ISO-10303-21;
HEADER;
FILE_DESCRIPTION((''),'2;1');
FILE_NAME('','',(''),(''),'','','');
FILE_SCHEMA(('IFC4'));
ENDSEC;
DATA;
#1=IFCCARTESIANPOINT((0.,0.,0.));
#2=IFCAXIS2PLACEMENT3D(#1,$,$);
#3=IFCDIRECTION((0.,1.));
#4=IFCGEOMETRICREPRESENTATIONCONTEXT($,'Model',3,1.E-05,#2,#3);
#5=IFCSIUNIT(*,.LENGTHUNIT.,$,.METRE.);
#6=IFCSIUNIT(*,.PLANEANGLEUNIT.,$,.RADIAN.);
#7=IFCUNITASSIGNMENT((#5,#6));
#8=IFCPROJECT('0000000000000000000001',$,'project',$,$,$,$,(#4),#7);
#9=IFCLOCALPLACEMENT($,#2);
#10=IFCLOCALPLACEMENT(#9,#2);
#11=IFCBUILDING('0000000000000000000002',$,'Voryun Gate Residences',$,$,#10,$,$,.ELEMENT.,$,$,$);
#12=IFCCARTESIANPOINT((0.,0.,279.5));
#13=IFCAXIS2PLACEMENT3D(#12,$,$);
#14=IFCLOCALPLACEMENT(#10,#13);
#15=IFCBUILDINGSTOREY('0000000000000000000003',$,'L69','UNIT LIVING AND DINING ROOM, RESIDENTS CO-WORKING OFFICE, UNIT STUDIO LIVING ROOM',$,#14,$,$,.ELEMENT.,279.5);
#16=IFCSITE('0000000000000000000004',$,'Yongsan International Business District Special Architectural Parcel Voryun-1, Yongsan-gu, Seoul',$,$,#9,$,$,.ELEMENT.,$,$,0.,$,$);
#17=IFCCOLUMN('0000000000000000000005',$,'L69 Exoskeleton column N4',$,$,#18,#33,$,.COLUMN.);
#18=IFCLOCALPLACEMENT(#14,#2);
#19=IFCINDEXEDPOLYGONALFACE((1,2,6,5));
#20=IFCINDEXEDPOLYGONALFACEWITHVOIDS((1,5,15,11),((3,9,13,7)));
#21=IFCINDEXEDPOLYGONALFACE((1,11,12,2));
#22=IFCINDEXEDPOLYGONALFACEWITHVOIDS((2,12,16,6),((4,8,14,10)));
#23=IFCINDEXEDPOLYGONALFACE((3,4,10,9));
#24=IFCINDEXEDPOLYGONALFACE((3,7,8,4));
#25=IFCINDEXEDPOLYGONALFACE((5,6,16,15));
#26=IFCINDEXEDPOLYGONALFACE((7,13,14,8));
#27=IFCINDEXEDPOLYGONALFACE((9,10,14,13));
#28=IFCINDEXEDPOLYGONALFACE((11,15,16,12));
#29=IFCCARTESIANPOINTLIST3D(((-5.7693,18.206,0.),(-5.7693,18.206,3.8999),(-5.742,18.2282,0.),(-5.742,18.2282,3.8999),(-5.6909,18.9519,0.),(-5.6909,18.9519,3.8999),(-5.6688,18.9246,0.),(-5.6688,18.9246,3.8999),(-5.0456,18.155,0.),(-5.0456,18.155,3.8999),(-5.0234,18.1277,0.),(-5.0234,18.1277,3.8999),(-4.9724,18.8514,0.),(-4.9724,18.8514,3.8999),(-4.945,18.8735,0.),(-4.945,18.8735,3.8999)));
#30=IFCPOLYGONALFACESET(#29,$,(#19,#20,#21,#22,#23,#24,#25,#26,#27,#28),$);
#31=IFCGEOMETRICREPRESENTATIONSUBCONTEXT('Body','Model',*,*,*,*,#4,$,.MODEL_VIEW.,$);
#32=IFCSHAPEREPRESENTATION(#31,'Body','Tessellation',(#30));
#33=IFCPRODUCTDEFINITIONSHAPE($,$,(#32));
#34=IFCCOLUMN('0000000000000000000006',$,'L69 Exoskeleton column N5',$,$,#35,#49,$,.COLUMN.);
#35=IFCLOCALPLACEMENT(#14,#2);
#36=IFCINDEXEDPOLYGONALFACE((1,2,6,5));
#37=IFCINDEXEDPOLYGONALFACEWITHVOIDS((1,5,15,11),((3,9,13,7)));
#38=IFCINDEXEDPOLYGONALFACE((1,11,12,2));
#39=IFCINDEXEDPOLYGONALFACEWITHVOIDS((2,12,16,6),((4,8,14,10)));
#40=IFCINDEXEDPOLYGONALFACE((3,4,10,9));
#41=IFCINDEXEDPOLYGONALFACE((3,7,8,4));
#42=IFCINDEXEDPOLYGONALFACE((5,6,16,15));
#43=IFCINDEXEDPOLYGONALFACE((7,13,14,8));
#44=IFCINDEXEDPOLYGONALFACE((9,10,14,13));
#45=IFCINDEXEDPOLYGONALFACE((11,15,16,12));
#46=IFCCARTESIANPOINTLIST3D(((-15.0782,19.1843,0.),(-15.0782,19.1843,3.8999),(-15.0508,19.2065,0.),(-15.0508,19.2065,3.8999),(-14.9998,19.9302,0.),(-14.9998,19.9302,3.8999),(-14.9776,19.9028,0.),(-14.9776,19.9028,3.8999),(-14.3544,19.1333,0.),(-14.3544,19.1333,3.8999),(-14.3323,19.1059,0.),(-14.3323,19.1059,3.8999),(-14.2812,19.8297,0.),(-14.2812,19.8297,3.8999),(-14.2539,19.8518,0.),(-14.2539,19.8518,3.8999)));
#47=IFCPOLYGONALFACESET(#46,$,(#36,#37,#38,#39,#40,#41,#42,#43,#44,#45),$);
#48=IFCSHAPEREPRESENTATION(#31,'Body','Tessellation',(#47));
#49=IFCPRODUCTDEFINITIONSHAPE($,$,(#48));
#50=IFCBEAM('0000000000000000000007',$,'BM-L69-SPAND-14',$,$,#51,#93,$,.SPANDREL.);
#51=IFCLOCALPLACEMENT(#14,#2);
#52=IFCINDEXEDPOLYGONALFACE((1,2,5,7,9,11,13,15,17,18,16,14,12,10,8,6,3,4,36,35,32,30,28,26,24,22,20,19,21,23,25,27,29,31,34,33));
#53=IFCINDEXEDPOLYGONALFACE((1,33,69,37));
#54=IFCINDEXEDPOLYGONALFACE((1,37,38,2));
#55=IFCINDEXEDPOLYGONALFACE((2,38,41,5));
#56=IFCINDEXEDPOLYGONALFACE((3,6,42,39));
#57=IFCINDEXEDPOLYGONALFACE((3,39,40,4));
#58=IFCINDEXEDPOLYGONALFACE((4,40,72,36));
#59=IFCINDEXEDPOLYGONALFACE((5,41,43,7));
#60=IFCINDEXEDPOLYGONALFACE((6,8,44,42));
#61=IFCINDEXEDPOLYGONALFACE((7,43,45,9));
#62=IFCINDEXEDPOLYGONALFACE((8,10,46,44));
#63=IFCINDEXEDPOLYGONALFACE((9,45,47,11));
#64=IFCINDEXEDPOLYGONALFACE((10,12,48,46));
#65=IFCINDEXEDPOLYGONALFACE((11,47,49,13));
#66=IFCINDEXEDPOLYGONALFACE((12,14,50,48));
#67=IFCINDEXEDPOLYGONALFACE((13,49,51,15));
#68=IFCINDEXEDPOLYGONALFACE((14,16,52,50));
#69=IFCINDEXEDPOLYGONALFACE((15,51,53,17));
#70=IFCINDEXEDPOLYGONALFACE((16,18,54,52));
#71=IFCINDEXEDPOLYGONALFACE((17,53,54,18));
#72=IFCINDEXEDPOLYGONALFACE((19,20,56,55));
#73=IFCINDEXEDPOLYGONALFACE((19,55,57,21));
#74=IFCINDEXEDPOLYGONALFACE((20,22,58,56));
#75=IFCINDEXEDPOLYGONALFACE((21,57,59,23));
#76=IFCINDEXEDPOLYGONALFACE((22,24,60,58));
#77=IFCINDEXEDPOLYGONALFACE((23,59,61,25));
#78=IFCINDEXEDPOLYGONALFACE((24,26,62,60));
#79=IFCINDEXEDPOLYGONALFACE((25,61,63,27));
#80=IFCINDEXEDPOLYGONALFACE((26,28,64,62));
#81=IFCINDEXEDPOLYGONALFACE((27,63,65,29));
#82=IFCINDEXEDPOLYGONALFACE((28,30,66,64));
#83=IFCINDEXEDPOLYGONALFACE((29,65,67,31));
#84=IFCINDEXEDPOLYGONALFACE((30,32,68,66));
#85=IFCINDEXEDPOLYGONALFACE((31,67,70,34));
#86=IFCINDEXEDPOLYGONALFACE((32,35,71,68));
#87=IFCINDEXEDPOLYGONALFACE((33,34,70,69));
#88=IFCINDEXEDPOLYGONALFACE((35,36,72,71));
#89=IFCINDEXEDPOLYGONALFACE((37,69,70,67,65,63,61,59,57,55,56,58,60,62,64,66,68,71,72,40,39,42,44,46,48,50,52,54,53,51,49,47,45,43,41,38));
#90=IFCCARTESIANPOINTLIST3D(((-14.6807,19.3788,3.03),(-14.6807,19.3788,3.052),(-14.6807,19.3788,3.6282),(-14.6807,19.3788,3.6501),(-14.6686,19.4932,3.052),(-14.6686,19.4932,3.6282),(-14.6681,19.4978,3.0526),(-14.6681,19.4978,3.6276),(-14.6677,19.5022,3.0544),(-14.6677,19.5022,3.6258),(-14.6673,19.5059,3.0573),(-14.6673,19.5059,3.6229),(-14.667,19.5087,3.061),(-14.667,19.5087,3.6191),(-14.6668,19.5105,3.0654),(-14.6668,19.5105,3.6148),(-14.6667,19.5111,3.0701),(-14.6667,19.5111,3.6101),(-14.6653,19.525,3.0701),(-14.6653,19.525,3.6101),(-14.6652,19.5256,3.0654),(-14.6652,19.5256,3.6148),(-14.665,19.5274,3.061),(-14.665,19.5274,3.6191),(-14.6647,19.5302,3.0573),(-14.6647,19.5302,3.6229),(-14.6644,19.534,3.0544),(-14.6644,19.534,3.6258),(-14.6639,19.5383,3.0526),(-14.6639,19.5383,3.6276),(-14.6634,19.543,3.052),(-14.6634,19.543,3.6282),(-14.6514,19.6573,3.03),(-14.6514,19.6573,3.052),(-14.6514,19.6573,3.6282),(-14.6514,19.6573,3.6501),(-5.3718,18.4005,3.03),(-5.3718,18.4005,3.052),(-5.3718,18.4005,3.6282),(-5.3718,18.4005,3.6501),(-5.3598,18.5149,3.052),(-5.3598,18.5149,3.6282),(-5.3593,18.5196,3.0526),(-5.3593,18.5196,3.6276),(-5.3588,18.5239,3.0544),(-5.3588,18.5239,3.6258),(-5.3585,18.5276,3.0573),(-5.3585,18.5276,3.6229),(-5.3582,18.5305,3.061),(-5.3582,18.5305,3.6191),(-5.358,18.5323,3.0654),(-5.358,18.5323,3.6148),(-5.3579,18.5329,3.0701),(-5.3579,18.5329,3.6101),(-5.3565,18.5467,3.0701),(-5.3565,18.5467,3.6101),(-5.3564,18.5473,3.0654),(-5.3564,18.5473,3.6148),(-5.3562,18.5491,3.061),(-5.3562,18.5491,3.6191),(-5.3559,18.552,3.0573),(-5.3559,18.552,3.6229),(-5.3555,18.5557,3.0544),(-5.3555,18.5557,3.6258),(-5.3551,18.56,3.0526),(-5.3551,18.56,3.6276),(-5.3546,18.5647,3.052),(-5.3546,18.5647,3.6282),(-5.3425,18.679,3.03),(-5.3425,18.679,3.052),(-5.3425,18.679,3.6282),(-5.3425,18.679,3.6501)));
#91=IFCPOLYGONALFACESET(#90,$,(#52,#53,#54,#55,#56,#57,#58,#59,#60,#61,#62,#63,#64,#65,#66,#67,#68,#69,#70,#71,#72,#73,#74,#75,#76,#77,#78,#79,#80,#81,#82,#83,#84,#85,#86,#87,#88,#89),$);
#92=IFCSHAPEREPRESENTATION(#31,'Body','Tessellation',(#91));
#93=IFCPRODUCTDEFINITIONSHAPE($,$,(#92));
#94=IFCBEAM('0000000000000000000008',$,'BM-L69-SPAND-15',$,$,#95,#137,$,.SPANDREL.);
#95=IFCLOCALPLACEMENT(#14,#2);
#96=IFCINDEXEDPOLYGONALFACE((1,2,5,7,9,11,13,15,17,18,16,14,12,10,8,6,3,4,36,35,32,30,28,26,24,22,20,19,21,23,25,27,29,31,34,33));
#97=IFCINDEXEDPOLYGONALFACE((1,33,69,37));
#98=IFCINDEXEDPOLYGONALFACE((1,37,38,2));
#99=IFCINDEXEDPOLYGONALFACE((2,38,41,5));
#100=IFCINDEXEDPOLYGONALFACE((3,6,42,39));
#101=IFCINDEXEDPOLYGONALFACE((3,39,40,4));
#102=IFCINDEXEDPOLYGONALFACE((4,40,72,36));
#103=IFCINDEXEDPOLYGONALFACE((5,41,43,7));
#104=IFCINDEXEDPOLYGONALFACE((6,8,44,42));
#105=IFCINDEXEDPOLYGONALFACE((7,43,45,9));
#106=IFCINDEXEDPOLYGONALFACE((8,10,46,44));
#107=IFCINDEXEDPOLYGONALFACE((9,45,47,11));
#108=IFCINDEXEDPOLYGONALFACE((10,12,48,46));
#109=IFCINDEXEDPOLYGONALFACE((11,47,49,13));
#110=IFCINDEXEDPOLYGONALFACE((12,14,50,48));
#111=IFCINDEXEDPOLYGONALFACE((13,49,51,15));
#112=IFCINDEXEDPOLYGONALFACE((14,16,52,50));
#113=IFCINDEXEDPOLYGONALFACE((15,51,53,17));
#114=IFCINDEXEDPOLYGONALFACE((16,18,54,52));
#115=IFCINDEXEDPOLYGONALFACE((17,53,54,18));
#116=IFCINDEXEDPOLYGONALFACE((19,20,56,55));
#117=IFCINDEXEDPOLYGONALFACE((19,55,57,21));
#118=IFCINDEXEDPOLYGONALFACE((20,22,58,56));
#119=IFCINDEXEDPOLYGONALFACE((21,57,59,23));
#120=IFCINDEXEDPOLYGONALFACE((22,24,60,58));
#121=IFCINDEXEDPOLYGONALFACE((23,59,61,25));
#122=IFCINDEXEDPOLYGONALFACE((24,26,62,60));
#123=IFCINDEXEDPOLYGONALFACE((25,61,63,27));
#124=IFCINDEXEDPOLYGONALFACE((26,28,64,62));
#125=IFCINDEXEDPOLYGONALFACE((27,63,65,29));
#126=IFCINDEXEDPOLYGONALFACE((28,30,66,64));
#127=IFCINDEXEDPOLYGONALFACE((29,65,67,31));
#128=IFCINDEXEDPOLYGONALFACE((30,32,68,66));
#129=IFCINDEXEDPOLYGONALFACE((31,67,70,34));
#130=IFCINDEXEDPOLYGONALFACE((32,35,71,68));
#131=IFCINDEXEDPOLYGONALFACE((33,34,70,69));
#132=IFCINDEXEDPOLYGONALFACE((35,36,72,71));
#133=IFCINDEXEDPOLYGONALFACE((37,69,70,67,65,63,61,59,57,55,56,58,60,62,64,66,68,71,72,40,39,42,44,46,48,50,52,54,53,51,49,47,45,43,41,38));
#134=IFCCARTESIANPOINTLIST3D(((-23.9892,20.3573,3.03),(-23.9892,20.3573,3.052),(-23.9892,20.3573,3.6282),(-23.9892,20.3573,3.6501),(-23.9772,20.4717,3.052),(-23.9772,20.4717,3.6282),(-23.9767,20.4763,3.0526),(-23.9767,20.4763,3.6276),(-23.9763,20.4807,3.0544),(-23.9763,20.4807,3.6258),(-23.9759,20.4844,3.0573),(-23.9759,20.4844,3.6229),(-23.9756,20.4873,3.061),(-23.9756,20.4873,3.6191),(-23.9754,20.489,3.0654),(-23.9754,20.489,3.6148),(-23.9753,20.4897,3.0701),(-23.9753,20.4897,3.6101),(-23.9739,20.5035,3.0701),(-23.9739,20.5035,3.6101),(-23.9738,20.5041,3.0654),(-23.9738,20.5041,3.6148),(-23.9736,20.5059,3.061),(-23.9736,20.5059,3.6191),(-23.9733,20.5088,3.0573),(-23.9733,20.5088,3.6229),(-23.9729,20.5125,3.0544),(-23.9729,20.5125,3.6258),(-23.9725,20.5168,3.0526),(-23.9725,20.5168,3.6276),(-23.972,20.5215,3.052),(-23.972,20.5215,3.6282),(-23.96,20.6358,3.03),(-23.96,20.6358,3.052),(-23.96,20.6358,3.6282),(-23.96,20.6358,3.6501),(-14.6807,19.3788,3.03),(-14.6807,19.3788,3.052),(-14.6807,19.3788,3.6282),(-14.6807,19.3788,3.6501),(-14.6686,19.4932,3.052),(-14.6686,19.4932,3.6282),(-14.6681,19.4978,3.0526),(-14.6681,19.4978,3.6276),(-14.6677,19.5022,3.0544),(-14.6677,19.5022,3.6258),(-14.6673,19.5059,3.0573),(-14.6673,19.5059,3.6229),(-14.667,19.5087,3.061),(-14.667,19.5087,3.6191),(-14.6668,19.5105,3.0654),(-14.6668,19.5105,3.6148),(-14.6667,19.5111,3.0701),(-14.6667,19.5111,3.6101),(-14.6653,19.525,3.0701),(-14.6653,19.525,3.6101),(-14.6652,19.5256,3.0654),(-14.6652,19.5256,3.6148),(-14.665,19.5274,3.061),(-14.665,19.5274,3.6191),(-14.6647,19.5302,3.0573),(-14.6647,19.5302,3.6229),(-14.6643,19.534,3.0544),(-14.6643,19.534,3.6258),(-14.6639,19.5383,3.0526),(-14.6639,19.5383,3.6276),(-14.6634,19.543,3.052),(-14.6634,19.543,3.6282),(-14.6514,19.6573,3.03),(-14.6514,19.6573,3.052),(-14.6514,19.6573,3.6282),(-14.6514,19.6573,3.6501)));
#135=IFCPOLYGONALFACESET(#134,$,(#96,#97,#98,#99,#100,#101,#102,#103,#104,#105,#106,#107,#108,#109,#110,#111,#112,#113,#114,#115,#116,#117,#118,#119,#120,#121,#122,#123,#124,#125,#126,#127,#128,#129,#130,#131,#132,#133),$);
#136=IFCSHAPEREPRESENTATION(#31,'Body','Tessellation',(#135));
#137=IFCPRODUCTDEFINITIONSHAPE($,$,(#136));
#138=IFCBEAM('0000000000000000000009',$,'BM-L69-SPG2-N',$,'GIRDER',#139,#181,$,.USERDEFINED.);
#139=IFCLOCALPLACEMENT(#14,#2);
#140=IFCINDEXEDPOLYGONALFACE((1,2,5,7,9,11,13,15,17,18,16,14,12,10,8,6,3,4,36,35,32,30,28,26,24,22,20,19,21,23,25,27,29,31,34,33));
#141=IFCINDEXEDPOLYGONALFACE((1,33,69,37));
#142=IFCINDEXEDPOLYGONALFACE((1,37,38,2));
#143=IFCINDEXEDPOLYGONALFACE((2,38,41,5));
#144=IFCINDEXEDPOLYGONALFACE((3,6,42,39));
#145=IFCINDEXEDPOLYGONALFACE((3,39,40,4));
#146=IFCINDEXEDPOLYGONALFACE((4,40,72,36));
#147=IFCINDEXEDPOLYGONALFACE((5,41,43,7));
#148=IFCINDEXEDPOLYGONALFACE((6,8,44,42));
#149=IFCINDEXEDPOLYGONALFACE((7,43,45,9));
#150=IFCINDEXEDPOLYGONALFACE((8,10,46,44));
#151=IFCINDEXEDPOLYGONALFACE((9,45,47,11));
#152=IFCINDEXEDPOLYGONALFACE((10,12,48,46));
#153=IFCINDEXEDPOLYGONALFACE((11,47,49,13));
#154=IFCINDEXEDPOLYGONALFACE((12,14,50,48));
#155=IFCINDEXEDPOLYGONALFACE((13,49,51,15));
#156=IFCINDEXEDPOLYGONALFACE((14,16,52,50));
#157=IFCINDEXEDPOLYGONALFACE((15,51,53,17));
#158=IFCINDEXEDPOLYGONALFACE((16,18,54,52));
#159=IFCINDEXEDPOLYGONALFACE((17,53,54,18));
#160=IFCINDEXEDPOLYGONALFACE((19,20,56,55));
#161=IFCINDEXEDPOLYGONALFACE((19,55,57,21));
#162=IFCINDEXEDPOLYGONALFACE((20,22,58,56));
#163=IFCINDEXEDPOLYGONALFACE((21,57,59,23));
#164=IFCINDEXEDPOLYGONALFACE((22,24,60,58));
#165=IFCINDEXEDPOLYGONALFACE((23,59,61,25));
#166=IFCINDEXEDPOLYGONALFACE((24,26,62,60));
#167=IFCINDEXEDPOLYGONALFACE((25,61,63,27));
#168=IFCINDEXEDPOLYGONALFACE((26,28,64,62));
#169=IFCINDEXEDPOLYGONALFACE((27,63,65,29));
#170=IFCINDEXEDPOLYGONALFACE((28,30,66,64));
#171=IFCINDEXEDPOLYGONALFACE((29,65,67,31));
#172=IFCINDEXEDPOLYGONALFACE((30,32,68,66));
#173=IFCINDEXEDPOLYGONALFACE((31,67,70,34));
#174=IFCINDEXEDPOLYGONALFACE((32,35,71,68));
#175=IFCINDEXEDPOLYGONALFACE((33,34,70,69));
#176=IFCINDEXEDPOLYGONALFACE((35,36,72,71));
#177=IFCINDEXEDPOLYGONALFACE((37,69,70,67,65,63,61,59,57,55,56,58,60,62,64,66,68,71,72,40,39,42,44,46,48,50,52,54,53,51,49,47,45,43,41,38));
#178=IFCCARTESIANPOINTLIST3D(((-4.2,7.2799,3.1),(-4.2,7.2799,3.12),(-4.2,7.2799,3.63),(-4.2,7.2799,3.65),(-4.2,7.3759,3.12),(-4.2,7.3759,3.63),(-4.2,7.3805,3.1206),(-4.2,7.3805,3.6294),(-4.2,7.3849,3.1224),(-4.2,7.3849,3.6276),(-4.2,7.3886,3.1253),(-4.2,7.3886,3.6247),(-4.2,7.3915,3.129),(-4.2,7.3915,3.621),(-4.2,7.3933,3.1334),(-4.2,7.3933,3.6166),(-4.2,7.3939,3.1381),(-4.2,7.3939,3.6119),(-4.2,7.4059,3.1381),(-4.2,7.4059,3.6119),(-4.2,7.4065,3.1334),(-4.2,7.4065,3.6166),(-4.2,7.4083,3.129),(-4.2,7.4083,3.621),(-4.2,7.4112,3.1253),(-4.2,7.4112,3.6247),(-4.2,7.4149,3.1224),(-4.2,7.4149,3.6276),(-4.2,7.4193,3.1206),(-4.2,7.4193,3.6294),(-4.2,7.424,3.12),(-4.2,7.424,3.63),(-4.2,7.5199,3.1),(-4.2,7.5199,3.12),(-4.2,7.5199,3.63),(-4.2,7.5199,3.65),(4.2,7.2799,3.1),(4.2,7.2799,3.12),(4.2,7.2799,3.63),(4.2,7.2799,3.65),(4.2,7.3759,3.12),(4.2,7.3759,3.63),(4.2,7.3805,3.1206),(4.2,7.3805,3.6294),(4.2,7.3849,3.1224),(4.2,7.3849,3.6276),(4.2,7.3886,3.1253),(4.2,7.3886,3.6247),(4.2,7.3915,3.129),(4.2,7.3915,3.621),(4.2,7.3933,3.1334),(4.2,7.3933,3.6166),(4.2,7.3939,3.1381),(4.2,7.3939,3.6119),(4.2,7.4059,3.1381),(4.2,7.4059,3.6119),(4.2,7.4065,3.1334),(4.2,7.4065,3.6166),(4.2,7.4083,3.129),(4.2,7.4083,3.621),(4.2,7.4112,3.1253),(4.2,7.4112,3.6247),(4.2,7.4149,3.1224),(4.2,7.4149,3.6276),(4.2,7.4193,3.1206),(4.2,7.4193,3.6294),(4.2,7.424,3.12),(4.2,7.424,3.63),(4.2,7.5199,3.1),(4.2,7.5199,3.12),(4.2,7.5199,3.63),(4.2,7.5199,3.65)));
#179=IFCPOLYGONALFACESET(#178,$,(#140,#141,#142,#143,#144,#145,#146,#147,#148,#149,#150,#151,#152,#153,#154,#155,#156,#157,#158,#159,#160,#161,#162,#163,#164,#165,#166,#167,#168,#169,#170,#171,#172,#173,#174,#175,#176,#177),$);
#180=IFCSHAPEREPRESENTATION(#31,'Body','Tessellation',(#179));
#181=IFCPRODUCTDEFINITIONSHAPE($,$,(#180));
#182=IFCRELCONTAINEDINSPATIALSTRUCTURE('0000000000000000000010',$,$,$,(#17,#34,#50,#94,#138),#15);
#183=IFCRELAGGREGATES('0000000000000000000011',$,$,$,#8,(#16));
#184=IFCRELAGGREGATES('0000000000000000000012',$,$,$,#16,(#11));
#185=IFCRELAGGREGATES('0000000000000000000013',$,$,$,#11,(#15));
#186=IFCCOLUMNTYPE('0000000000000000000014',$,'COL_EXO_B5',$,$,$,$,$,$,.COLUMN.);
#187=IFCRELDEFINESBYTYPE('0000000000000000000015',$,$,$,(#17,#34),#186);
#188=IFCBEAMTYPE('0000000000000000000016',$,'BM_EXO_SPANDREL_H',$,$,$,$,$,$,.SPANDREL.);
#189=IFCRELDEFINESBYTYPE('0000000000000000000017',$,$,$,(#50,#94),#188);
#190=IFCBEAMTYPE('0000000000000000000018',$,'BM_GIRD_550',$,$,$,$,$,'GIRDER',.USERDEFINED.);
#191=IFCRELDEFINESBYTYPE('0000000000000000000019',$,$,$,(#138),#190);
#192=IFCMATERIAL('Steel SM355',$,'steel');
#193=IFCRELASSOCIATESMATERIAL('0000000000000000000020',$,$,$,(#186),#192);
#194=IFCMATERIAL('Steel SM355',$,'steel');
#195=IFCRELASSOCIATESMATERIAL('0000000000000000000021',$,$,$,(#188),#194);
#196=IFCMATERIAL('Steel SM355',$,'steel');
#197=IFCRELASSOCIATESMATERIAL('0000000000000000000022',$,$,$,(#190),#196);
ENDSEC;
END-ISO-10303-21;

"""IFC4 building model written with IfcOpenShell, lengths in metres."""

from ifc_helpers import new_model, si_unit, direction, frame, origin, origin_2d, place, context, subcontext, project, spatial, hollow_rectangle, i_section, extrude, material, material_profile, profile_set, type_object, element, save


model = new_model("IFC4")

# Units and contexts
model_context = context("Model", 3, precision=1e-05, world=origin(), true_north=direction((0.0, 1.0)))
body_context = subcontext(model_context, "Body", "Model", "MODEL_VIEW")
ifc_project = project(units=[si_unit("LENGTHUNIT", "METRE"), si_unit("PLANEANGLEUNIT", "RADIAN")], contexts=[model_context])

# Site, building, storey
site_placement = place(None, origin())
site = spatial("IfcSite", under=ifc_project, at=site_placement, Name="Yongsan International Business District Special Architectural Parcel Voryun-1, Yongsan-gu, Seoul", CompositionType="ELEMENT", RefElevation=0.0)
building_placement = place(site_placement, origin())
building = spatial("IfcBuilding", under=site, at=building_placement, Name="Voryun Gate Residences", CompositionType="ELEMENT")
storey_placement = place(building_placement, frame((0.0, 0.0, 279.5)))
storey = spatial("IfcBuildingStorey", under=building, at=storey_placement, Name="L69", Description="UNIT LIVING AND DINING ROOM, RESIDENTS CO-WORKING OFFICE, UNIT STUDIO LIVING ROOM", CompositionType="ELEMENT", Elevation=279.5)

# Columns
ifc_material_1 = material(Name="Steel SM355", Category="steel")
ifc_material_profile_1 = material_profile(ifc_material_1, hollow_rectangle(XDim=0.75, YDim=0.75, WallThickness=0.0249, at=origin_2d()), Name="BOX-750x750x25")
ifc_profile_set_1 = profile_set([ifc_material_profile_1], Name="Steel SM355")
column_type = type_object("IfcColumnType", Name="COL_EXO_B5", PredefinedType="COLUMN", material=ifc_profile_set_1)
for number, where, z_axis, x_axis, name in (
    (1, (-5.3572, 18.5398, 0.0), (0.0, 0.0, 1.0), (0.994522, -0.104528, 0.0), "L69 Exoskeleton column N4"),
    (2, (-14.666, 19.5181, 0.0), (0.0, 0.0, 1.0), (0.994522, -0.104528, 0.0), "L69 Exoskeleton column N5"),
):
    element("IfcColumn", number, at=place(storey_placement, frame(where, z_axis=z_axis, x_axis=x_axis)), inside=storey, type_object=column_type, Name=name, PredefinedType="COLUMN", context=body_context, shape_type="SweptSolid", body=[
        extrude(hollow_rectangle(XDim=0.75, YDim=0.75, WallThickness=0.0249, at=origin_2d()), origin(), (0.0, 0.0, 1.0), 3.8999),
    ])

# Beams
ifc_material_2 = material(Name="Steel SM355", Category="steel")
ifc_material_profile_2 = material_profile(ifc_material_2, i_section(OverallWidth=0.28, OverallDepth=0.6201, WebThickness=0.0139, FlangeThickness=0.022, FilletRadius=0.0181, at=origin_2d()), Name="H-620x280x14x22")
ifc_profile_set_2 = profile_set([ifc_material_profile_2], Name="Steel SM355")
beam_type_1 = type_object("IfcBeamType", Name="BM_EXO_SPANDREL_H", PredefinedType="SPANDREL", material=ifc_profile_set_2)
beam_1_placement = place(storey_placement, frame((-5.3572, 18.5398, 3.3401), z_axis=(-0.994523, 0.104515, 0.0), x_axis=(-0.104515, -0.994523, 0.0)))
element("IfcBeam", 3, at=beam_1_placement, inside=storey, type_object=beam_type_1, Name="BM-L69-SPAND-14", PredefinedType="SPANDREL", context=body_context, shape_type="SweptSolid", body=[
    extrude(i_section(OverallWidth=0.28, OverallDepth=0.6201, WebThickness=0.0139, FlangeThickness=0.022, FilletRadius=0.0181, at=origin_2d()), origin(), (0.0, 0.0, 1.0), 9.3601),
])
beam_2_placement = place(storey_placement, frame((-14.666, 19.5181, 3.3401), z_axis=(-0.99452, 0.104544, 0.0), x_axis=(-0.104544, -0.99452, 0.0)))
element("IfcBeam", 4, at=beam_2_placement, inside=storey, type_object=beam_type_1, Name="BM-L69-SPAND-15", PredefinedType="SPANDREL", context=body_context, shape_type="SweptSolid", body=[
    extrude(i_section(OverallWidth=0.28, OverallDepth=0.6201, WebThickness=0.0139, FlangeThickness=0.022, FilletRadius=0.0181, at=origin_2d()), origin(), (0.0, 0.0, 1.0), 9.3599),
])
ifc_material_3 = material(Name="Steel SM355", Category="steel")
ifc_material_profile_3 = material_profile(ifc_material_3, i_section(OverallWidth=0.24, OverallDepth=0.55, WebThickness=0.012, FlangeThickness=0.02, FilletRadius=0.0181, at=origin_2d()), Name="H-550x240x12x20")
ifc_profile_set_3 = profile_set([ifc_material_profile_3], Name="Steel SM355")
beam_type_2 = type_object("IfcBeamType", Name="BM_GIRD_550", ElementType="GIRDER", PredefinedType="USERDEFINED", material=ifc_profile_set_3)
beam_3_placement = place(storey_placement, frame((-4.2, 7.3999, 3.375), z_axis=(1.0, 0.0, 0.0), x_axis=(0.0, 1.0, 0.0)))
element("IfcBeam", 5, at=beam_3_placement, inside=storey, type_object=beam_type_2, Name="BM-L69-SPG2-N", ObjectType="GIRDER", PredefinedType="USERDEFINED", context=body_context, shape_type="SweptSolid", body=[
    extrude(i_section(OverallWidth=0.24, OverallDepth=0.55, WebThickness=0.012, FlangeThickness=0.02, FilletRadius=0.0181, at=origin_2d()), origin(), (0.0, 0.0, 1.0), 8.3999),
])

save(model, "model.ifc")
